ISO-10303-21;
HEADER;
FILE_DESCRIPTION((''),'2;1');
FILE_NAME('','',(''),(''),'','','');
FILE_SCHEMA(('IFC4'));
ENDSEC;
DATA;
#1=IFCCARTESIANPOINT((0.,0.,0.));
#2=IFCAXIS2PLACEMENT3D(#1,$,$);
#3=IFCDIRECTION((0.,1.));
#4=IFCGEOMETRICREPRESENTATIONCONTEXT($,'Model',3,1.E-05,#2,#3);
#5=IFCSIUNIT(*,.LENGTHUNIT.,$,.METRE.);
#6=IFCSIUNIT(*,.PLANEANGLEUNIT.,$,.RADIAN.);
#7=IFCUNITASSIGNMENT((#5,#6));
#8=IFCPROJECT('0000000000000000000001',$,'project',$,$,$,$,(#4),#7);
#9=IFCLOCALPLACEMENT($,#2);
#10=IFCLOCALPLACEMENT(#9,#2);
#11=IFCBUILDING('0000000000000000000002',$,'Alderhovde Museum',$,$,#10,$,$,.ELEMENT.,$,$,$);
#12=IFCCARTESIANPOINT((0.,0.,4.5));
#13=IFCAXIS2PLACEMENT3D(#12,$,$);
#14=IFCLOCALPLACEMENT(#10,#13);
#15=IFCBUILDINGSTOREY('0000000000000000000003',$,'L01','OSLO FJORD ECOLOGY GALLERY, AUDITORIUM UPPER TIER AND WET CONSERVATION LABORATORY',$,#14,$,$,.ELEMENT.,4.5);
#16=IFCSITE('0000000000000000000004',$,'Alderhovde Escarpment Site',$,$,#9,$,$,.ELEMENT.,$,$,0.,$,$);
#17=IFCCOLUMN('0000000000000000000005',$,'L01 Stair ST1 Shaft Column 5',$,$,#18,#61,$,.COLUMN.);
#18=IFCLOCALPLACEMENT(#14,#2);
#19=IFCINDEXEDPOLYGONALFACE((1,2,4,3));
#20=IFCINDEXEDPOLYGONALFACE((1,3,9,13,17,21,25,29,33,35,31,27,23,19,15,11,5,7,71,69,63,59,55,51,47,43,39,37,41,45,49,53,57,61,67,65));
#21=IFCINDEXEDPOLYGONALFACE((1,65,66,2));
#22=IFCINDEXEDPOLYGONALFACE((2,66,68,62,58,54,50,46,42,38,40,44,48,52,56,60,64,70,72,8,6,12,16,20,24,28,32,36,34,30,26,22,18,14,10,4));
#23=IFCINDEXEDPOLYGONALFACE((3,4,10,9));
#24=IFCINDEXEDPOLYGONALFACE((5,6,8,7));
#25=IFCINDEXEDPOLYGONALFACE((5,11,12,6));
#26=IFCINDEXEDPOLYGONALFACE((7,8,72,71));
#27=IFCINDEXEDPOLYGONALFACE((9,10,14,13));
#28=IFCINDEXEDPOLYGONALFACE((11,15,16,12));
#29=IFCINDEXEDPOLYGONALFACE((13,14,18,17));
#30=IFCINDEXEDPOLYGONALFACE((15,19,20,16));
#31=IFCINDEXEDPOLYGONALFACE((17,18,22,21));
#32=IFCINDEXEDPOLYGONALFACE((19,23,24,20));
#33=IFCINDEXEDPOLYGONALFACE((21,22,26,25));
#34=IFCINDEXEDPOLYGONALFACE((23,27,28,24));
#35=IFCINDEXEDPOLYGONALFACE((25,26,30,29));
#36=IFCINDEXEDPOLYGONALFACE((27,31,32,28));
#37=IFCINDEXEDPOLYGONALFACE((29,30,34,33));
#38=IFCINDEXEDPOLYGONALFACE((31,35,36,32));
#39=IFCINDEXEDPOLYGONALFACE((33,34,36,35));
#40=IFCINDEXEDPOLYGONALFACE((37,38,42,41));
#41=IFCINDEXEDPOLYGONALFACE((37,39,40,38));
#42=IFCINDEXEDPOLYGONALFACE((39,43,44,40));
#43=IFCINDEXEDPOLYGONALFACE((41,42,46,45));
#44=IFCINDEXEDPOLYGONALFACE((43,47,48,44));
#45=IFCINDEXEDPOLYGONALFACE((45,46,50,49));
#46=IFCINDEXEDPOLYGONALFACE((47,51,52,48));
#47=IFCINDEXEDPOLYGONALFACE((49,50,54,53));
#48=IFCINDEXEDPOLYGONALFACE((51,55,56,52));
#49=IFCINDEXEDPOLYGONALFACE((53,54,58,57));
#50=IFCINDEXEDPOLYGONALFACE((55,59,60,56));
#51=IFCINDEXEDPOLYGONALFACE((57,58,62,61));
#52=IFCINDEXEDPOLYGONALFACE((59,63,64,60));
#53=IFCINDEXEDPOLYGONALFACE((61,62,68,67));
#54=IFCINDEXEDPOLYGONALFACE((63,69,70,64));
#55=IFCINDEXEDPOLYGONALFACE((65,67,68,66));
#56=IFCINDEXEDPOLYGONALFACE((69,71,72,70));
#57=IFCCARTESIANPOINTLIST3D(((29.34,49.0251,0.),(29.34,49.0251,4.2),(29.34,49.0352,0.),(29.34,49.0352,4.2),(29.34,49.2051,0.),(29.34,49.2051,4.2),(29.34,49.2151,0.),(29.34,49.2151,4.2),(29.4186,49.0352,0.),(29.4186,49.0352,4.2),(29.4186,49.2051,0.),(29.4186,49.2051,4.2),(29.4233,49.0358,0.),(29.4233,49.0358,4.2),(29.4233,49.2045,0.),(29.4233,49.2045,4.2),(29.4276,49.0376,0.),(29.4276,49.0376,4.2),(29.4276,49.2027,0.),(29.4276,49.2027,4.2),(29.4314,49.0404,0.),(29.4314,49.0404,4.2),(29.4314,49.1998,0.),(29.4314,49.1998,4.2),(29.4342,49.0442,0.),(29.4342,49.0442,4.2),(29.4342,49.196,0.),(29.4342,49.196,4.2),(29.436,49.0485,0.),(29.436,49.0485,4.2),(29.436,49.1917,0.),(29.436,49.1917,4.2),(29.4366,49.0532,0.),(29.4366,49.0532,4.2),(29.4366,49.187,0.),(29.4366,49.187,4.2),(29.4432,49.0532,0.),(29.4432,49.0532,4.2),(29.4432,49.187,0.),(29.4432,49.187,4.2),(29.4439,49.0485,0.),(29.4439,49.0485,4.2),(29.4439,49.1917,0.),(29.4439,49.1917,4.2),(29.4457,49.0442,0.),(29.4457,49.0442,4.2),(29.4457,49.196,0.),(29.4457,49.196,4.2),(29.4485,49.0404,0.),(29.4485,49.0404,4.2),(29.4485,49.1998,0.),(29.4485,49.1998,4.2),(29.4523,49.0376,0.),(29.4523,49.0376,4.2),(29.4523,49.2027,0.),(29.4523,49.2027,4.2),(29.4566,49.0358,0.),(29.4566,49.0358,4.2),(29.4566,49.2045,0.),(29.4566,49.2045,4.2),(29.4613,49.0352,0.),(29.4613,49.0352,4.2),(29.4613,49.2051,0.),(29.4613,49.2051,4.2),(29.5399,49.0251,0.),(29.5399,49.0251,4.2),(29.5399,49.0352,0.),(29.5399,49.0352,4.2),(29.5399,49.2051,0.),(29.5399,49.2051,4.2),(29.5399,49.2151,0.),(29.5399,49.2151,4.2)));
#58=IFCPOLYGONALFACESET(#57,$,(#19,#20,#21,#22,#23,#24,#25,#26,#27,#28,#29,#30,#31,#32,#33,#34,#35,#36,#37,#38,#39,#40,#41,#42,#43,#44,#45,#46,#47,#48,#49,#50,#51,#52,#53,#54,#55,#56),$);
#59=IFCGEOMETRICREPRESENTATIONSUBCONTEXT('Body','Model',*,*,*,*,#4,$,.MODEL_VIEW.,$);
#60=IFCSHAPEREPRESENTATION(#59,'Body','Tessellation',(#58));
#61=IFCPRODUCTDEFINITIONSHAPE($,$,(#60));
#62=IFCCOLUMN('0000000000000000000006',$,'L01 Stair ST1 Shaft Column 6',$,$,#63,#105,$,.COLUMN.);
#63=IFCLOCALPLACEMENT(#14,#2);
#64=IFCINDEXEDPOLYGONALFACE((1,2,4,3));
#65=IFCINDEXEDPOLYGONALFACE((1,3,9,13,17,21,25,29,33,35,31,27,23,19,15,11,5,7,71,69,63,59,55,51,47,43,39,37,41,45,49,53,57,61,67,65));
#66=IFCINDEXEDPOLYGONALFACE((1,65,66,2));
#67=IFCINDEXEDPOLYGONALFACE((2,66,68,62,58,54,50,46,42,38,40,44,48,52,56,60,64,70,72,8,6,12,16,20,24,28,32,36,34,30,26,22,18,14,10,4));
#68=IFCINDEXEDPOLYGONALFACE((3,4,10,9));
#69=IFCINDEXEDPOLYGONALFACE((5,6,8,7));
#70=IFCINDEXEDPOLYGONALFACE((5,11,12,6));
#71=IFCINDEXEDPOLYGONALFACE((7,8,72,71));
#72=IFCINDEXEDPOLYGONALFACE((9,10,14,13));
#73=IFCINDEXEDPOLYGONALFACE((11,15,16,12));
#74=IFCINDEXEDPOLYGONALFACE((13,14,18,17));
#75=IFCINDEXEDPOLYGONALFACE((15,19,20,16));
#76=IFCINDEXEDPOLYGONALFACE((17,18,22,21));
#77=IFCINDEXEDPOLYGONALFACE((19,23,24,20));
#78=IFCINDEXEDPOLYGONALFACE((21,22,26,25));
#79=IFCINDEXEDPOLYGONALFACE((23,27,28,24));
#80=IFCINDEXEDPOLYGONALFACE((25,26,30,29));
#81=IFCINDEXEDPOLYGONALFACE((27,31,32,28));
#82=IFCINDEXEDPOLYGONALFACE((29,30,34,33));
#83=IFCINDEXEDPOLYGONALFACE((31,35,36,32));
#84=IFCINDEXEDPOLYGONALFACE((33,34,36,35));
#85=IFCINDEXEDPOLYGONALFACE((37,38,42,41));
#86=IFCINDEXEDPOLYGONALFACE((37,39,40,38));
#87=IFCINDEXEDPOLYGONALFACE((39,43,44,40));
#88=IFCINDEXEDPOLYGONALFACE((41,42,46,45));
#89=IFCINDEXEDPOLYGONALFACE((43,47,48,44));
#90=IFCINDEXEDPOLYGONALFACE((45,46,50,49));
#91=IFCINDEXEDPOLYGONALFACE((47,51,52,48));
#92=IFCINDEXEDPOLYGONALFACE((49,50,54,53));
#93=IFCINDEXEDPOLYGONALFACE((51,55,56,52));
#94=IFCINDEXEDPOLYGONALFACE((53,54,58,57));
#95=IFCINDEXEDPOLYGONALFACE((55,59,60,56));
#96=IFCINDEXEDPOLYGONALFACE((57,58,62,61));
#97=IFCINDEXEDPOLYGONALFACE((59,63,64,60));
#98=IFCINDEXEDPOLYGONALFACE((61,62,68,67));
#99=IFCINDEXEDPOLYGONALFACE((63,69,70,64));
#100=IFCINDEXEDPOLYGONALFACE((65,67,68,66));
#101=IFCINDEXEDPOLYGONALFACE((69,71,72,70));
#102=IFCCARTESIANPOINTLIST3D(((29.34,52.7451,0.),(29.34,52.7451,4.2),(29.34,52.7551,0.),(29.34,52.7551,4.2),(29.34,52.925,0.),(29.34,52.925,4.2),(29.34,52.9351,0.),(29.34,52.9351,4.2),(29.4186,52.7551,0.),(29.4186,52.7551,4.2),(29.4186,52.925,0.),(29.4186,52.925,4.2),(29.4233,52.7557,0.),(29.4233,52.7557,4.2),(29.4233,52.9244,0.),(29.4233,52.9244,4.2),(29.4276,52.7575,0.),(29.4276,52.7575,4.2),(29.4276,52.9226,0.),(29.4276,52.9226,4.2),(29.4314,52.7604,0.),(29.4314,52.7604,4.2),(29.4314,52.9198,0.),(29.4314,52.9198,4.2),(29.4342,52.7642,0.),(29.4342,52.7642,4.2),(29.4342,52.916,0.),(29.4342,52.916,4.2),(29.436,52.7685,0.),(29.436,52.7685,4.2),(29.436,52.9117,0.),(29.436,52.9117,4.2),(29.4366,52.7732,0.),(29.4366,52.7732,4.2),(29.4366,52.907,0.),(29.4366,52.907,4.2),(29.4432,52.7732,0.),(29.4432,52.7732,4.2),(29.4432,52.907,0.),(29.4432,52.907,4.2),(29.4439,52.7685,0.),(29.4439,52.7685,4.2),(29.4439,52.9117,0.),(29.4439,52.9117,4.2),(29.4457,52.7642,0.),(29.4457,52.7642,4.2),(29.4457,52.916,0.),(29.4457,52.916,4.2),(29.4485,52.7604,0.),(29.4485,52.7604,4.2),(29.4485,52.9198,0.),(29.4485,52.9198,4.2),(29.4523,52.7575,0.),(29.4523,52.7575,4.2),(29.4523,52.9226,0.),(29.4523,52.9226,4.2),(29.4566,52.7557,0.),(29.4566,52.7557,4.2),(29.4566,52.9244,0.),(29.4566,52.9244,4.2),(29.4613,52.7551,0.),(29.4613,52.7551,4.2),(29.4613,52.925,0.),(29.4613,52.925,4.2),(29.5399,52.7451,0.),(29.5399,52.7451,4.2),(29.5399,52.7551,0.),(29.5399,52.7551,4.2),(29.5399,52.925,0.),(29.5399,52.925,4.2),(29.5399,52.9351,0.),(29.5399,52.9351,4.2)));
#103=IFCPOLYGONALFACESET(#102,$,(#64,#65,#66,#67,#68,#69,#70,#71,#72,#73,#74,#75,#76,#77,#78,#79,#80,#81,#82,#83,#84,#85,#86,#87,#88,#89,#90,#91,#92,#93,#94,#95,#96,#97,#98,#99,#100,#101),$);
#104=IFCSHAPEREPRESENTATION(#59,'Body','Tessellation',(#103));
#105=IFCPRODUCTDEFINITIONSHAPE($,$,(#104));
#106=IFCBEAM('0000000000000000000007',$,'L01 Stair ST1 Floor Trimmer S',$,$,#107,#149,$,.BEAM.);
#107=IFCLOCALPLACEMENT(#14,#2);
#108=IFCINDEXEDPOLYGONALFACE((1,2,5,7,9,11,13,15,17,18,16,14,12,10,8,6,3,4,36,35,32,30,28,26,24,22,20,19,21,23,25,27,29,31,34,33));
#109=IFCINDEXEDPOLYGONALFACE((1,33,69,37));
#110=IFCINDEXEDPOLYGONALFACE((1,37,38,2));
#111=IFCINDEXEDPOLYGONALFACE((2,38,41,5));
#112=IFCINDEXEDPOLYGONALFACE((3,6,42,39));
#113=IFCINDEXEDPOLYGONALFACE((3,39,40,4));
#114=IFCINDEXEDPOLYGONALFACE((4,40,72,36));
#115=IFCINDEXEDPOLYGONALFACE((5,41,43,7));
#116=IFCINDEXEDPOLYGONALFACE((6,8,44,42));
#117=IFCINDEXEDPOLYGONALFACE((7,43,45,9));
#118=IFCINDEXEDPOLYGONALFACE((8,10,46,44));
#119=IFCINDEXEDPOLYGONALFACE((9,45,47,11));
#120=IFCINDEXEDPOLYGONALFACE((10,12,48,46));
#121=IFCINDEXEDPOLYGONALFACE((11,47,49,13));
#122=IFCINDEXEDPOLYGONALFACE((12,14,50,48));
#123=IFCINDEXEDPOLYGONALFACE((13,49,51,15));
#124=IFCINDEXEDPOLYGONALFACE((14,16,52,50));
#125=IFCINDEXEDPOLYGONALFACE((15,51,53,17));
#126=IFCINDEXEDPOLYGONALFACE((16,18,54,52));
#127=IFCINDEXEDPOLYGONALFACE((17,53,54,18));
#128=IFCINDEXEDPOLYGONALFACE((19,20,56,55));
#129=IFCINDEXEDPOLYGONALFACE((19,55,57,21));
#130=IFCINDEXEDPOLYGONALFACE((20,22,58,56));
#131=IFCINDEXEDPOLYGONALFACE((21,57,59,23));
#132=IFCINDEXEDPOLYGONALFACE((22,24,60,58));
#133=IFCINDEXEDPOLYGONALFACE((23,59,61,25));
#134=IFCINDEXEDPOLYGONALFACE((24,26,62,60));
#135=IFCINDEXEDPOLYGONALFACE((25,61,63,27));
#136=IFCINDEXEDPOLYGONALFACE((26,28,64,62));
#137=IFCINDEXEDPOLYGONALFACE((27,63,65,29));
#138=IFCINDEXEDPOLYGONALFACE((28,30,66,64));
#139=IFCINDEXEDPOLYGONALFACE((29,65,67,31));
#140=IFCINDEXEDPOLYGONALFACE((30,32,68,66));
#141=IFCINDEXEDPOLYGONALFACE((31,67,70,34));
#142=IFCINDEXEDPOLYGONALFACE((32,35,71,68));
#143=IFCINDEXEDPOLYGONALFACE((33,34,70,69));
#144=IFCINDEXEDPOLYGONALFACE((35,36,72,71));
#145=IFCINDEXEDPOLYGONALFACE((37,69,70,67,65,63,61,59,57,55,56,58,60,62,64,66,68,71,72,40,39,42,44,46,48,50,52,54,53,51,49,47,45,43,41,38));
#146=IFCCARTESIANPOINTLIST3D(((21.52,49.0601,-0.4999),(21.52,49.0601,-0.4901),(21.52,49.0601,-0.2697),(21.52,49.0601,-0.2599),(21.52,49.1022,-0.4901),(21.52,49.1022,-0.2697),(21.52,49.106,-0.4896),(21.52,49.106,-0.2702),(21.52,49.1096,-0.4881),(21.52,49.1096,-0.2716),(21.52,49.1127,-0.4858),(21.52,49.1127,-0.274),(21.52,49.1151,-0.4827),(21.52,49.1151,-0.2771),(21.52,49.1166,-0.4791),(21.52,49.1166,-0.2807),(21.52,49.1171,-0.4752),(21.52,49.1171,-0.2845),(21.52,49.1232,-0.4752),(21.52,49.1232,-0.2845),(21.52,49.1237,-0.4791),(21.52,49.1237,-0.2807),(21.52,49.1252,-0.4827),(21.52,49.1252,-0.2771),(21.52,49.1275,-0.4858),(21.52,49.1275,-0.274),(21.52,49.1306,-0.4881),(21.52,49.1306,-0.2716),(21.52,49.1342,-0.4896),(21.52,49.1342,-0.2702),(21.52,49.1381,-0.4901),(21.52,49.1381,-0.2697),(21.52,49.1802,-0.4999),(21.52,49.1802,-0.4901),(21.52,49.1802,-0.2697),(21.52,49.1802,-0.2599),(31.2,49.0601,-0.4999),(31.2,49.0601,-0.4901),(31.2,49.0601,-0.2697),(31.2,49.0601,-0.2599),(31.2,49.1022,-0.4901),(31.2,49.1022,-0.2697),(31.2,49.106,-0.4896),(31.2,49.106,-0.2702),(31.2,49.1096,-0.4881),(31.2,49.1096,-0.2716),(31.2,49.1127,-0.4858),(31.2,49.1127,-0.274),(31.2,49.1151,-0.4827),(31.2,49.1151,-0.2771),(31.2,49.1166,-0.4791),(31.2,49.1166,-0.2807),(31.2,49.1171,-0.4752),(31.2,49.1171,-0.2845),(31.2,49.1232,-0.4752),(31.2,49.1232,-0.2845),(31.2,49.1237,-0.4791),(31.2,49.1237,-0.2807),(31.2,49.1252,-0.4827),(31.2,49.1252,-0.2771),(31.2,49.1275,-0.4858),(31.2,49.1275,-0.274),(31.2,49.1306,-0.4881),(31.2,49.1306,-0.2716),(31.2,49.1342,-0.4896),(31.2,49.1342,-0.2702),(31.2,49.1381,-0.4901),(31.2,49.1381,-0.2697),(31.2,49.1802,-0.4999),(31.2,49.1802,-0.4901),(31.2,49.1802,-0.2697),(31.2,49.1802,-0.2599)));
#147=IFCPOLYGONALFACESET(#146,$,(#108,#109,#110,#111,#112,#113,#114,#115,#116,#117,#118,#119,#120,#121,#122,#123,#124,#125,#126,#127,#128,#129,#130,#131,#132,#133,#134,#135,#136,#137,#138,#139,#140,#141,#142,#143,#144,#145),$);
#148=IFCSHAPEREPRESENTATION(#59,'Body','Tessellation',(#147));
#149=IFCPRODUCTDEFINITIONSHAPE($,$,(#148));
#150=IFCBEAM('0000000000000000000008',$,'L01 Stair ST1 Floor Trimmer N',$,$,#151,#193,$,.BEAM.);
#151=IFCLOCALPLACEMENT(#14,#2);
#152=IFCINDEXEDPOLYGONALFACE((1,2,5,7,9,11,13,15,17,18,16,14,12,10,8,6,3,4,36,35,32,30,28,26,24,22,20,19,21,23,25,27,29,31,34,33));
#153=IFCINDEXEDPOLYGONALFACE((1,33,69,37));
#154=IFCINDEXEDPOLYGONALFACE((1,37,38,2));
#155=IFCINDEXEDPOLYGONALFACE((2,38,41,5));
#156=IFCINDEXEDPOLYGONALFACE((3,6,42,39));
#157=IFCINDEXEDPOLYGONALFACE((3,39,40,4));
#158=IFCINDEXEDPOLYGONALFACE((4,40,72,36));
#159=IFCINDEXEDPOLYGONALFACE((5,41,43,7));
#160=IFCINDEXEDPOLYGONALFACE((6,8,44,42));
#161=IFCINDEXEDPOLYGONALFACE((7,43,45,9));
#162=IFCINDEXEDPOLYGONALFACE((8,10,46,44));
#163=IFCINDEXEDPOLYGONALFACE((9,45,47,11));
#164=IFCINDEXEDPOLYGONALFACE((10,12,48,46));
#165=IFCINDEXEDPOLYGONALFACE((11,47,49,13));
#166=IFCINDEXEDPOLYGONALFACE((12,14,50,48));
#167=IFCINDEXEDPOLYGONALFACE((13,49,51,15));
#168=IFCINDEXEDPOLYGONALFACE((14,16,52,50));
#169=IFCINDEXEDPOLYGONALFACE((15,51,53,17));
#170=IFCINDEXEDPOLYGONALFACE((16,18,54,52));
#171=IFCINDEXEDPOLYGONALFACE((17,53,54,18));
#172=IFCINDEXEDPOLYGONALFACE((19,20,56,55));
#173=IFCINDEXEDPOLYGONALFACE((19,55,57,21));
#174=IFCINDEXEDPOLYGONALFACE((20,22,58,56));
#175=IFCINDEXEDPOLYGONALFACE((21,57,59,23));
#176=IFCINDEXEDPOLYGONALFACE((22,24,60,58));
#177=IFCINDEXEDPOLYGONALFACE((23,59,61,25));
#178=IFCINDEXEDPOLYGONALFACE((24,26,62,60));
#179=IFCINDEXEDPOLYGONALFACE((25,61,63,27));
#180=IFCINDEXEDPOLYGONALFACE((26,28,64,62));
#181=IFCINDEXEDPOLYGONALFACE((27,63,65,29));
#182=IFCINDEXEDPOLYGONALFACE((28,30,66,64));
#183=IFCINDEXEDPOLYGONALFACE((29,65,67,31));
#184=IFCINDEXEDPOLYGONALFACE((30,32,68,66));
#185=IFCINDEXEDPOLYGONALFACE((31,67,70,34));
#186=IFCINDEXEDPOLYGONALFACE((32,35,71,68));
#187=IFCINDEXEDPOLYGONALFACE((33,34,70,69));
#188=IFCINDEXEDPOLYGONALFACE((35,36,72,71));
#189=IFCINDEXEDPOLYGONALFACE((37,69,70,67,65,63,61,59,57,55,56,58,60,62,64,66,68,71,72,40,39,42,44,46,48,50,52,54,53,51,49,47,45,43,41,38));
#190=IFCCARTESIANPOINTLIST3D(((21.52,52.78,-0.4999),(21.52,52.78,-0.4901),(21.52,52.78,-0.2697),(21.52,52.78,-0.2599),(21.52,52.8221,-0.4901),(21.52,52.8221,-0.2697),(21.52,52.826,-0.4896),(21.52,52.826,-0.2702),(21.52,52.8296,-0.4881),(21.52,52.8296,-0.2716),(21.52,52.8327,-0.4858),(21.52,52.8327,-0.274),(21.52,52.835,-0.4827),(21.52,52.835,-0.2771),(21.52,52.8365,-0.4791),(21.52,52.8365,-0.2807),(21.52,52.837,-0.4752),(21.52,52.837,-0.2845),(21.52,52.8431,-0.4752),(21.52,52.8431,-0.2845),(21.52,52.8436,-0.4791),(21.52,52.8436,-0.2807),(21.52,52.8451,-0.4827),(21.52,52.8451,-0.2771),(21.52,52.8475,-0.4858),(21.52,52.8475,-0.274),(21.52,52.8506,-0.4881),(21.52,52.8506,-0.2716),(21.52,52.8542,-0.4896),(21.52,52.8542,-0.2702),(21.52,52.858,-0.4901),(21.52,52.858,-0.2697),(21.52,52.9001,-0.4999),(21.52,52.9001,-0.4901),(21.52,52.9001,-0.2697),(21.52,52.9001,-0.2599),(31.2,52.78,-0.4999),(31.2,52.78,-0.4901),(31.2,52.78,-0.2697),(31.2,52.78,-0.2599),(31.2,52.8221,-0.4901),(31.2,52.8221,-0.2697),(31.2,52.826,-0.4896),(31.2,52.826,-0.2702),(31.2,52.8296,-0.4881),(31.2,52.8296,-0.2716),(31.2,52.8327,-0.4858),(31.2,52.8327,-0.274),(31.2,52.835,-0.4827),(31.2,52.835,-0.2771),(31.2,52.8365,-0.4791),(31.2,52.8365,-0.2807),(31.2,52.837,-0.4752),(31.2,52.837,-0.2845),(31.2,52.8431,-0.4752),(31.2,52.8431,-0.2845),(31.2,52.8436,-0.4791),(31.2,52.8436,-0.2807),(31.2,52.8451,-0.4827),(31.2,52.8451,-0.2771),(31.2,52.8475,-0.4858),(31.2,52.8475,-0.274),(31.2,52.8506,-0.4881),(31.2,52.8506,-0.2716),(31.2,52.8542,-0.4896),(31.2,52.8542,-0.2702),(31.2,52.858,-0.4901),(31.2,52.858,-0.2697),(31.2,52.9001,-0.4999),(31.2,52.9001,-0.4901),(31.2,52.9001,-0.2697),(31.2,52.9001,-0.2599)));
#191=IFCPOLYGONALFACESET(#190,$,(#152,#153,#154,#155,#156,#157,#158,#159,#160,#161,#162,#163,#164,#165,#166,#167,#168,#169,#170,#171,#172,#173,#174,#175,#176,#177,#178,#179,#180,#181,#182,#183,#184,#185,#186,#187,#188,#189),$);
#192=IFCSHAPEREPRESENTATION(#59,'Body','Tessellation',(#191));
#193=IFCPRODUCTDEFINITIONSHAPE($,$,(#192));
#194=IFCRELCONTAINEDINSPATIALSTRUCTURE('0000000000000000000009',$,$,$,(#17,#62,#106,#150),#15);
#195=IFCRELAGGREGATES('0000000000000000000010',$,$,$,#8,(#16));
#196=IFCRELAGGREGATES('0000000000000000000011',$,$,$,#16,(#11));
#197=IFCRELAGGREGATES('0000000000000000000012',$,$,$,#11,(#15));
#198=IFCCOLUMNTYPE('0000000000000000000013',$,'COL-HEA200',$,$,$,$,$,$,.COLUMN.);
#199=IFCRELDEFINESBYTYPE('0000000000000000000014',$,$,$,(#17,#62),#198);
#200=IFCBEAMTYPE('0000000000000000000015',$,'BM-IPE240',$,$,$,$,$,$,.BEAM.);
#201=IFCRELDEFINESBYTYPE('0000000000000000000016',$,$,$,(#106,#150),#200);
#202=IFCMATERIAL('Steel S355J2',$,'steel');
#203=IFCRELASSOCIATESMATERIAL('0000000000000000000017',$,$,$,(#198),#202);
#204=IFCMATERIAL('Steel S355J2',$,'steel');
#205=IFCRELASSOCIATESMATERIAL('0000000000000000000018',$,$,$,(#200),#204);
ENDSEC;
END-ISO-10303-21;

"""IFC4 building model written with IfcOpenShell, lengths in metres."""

from ifc_helpers import new_model, si_unit, direction, frame, origin, origin_2d, place, context, subcontext, project, spatial, i_section, extrude, material, material_profile, profile_set, type_object, element, save


model = new_model("IFC4")

# Units and contexts
model_context = context("Model", 3, precision=1e-05, world=origin(), true_north=direction((0.0, 1.0)))
body_context = subcontext(model_context, "Body", "Model", "MODEL_VIEW")
ifc_project = project(units=[si_unit("LENGTHUNIT", "METRE"), si_unit("PLANEANGLEUNIT", "RADIAN")], contexts=[model_context])

# Site, building, storey
site_placement = place(None, origin())
site = spatial("IfcSite", under=ifc_project, at=site_placement, Name="Alderhovde Escarpment Site", CompositionType="ELEMENT", RefElevation=0.0)
building_placement = place(site_placement, origin())
building = spatial("IfcBuilding", under=site, at=building_placement, Name="Alderhovde Museum", CompositionType="ELEMENT")
storey_placement = place(building_placement, frame((0.0, 0.0, 4.5)))
storey = spatial("IfcBuildingStorey", under=building, at=storey_placement, Name="L01", Description="OSLO FJORD ECOLOGY GALLERY, AUDITORIUM UPPER TIER AND WET CONSERVATION LABORATORY", CompositionType="ELEMENT", Elevation=4.5)

# Columns
ifc_material_1 = material(Name="Steel S355J2", Category="steel")
ifc_material_profile_1 = material_profile(ifc_material_1, i_section(OverallWidth=0.2, OverallDepth=0.1899, WebThickness=0.0066, FlangeThickness=0.01, FilletRadius=0.0181, at=origin_2d()), Name="HEA 200")
ifc_profile_set_1 = profile_set([ifc_material_profile_1], Name="Steel S355J2")
column_type = type_object("IfcColumnType", Name="COL-HEA200", PredefinedType="COLUMN", material=ifc_profile_set_1)
for number, where, z_axis, x_axis, name in (
    (1, (29.4399, 49.1201, 0.0), (0.0, 0.0, 1.0), (1.0, 0.0, 0.0), "L01 Stair ST1 Shaft Column 5"),
    (2, (29.4399, 52.8401, 0.0), (0.0, 0.0, 1.0), (1.0, 0.0, 0.0), "L01 Stair ST1 Shaft Column 6"),
):
    element("IfcColumn", number, at=place(storey_placement, frame(where, z_axis=z_axis, x_axis=x_axis)), inside=storey, type_object=column_type, Name=name, PredefinedType="COLUMN", context=body_context, shape_type="SweptSolid", body=[
        extrude(i_section(OverallWidth=0.2, OverallDepth=0.1899, WebThickness=0.0066, FlangeThickness=0.01, FilletRadius=0.0181, at=origin_2d()), origin(), (0.0, 0.0, 1.0), 4.2),
    ])

# Beams
ifc_material_2 = material(Name="Steel S355J2", Category="steel")
ifc_material_profile_2 = material_profile(ifc_material_2, i_section(OverallWidth=0.1201, OverallDepth=0.24, WebThickness=0.0061, FlangeThickness=0.0098, FilletRadius=0.0149, at=origin_2d()), Name="IPE 240")
ifc_profile_set_2 = profile_set([ifc_material_profile_2], Name="Steel S355J2")
beam_type = type_object("IfcBeamType", Name="BM-IPE240", PredefinedType="BEAM", material=ifc_profile_set_2)
for number, where, z_axis, x_axis, name in (
    (3, (21.52, 49.1201, -0.3799), (1.0, 0.0, 0.0), (0.0, 1.0, 0.0), "L01 Stair ST1 Floor Trimmer S"),
    (4, (21.52, 52.8401, -0.3799), (1.0, 0.0, 0.0), (0.0, 1.0, 0.0), "L01 Stair ST1 Floor Trimmer N"),
):
    element("IfcBeam", number, at=place(storey_placement, frame(where, z_axis=z_axis, x_axis=x_axis)), inside=storey, type_object=beam_type, Name=name, PredefinedType="BEAM", context=body_context, shape_type="SweptSolid", body=[
        extrude(i_section(OverallWidth=0.1201, OverallDepth=0.24, WebThickness=0.0061, FlangeThickness=0.0098, FilletRadius=0.0149, at=origin_2d()), origin(), (0.0, 0.0, 1.0), 9.6799),
    ])

save(model, "model.ifc")
